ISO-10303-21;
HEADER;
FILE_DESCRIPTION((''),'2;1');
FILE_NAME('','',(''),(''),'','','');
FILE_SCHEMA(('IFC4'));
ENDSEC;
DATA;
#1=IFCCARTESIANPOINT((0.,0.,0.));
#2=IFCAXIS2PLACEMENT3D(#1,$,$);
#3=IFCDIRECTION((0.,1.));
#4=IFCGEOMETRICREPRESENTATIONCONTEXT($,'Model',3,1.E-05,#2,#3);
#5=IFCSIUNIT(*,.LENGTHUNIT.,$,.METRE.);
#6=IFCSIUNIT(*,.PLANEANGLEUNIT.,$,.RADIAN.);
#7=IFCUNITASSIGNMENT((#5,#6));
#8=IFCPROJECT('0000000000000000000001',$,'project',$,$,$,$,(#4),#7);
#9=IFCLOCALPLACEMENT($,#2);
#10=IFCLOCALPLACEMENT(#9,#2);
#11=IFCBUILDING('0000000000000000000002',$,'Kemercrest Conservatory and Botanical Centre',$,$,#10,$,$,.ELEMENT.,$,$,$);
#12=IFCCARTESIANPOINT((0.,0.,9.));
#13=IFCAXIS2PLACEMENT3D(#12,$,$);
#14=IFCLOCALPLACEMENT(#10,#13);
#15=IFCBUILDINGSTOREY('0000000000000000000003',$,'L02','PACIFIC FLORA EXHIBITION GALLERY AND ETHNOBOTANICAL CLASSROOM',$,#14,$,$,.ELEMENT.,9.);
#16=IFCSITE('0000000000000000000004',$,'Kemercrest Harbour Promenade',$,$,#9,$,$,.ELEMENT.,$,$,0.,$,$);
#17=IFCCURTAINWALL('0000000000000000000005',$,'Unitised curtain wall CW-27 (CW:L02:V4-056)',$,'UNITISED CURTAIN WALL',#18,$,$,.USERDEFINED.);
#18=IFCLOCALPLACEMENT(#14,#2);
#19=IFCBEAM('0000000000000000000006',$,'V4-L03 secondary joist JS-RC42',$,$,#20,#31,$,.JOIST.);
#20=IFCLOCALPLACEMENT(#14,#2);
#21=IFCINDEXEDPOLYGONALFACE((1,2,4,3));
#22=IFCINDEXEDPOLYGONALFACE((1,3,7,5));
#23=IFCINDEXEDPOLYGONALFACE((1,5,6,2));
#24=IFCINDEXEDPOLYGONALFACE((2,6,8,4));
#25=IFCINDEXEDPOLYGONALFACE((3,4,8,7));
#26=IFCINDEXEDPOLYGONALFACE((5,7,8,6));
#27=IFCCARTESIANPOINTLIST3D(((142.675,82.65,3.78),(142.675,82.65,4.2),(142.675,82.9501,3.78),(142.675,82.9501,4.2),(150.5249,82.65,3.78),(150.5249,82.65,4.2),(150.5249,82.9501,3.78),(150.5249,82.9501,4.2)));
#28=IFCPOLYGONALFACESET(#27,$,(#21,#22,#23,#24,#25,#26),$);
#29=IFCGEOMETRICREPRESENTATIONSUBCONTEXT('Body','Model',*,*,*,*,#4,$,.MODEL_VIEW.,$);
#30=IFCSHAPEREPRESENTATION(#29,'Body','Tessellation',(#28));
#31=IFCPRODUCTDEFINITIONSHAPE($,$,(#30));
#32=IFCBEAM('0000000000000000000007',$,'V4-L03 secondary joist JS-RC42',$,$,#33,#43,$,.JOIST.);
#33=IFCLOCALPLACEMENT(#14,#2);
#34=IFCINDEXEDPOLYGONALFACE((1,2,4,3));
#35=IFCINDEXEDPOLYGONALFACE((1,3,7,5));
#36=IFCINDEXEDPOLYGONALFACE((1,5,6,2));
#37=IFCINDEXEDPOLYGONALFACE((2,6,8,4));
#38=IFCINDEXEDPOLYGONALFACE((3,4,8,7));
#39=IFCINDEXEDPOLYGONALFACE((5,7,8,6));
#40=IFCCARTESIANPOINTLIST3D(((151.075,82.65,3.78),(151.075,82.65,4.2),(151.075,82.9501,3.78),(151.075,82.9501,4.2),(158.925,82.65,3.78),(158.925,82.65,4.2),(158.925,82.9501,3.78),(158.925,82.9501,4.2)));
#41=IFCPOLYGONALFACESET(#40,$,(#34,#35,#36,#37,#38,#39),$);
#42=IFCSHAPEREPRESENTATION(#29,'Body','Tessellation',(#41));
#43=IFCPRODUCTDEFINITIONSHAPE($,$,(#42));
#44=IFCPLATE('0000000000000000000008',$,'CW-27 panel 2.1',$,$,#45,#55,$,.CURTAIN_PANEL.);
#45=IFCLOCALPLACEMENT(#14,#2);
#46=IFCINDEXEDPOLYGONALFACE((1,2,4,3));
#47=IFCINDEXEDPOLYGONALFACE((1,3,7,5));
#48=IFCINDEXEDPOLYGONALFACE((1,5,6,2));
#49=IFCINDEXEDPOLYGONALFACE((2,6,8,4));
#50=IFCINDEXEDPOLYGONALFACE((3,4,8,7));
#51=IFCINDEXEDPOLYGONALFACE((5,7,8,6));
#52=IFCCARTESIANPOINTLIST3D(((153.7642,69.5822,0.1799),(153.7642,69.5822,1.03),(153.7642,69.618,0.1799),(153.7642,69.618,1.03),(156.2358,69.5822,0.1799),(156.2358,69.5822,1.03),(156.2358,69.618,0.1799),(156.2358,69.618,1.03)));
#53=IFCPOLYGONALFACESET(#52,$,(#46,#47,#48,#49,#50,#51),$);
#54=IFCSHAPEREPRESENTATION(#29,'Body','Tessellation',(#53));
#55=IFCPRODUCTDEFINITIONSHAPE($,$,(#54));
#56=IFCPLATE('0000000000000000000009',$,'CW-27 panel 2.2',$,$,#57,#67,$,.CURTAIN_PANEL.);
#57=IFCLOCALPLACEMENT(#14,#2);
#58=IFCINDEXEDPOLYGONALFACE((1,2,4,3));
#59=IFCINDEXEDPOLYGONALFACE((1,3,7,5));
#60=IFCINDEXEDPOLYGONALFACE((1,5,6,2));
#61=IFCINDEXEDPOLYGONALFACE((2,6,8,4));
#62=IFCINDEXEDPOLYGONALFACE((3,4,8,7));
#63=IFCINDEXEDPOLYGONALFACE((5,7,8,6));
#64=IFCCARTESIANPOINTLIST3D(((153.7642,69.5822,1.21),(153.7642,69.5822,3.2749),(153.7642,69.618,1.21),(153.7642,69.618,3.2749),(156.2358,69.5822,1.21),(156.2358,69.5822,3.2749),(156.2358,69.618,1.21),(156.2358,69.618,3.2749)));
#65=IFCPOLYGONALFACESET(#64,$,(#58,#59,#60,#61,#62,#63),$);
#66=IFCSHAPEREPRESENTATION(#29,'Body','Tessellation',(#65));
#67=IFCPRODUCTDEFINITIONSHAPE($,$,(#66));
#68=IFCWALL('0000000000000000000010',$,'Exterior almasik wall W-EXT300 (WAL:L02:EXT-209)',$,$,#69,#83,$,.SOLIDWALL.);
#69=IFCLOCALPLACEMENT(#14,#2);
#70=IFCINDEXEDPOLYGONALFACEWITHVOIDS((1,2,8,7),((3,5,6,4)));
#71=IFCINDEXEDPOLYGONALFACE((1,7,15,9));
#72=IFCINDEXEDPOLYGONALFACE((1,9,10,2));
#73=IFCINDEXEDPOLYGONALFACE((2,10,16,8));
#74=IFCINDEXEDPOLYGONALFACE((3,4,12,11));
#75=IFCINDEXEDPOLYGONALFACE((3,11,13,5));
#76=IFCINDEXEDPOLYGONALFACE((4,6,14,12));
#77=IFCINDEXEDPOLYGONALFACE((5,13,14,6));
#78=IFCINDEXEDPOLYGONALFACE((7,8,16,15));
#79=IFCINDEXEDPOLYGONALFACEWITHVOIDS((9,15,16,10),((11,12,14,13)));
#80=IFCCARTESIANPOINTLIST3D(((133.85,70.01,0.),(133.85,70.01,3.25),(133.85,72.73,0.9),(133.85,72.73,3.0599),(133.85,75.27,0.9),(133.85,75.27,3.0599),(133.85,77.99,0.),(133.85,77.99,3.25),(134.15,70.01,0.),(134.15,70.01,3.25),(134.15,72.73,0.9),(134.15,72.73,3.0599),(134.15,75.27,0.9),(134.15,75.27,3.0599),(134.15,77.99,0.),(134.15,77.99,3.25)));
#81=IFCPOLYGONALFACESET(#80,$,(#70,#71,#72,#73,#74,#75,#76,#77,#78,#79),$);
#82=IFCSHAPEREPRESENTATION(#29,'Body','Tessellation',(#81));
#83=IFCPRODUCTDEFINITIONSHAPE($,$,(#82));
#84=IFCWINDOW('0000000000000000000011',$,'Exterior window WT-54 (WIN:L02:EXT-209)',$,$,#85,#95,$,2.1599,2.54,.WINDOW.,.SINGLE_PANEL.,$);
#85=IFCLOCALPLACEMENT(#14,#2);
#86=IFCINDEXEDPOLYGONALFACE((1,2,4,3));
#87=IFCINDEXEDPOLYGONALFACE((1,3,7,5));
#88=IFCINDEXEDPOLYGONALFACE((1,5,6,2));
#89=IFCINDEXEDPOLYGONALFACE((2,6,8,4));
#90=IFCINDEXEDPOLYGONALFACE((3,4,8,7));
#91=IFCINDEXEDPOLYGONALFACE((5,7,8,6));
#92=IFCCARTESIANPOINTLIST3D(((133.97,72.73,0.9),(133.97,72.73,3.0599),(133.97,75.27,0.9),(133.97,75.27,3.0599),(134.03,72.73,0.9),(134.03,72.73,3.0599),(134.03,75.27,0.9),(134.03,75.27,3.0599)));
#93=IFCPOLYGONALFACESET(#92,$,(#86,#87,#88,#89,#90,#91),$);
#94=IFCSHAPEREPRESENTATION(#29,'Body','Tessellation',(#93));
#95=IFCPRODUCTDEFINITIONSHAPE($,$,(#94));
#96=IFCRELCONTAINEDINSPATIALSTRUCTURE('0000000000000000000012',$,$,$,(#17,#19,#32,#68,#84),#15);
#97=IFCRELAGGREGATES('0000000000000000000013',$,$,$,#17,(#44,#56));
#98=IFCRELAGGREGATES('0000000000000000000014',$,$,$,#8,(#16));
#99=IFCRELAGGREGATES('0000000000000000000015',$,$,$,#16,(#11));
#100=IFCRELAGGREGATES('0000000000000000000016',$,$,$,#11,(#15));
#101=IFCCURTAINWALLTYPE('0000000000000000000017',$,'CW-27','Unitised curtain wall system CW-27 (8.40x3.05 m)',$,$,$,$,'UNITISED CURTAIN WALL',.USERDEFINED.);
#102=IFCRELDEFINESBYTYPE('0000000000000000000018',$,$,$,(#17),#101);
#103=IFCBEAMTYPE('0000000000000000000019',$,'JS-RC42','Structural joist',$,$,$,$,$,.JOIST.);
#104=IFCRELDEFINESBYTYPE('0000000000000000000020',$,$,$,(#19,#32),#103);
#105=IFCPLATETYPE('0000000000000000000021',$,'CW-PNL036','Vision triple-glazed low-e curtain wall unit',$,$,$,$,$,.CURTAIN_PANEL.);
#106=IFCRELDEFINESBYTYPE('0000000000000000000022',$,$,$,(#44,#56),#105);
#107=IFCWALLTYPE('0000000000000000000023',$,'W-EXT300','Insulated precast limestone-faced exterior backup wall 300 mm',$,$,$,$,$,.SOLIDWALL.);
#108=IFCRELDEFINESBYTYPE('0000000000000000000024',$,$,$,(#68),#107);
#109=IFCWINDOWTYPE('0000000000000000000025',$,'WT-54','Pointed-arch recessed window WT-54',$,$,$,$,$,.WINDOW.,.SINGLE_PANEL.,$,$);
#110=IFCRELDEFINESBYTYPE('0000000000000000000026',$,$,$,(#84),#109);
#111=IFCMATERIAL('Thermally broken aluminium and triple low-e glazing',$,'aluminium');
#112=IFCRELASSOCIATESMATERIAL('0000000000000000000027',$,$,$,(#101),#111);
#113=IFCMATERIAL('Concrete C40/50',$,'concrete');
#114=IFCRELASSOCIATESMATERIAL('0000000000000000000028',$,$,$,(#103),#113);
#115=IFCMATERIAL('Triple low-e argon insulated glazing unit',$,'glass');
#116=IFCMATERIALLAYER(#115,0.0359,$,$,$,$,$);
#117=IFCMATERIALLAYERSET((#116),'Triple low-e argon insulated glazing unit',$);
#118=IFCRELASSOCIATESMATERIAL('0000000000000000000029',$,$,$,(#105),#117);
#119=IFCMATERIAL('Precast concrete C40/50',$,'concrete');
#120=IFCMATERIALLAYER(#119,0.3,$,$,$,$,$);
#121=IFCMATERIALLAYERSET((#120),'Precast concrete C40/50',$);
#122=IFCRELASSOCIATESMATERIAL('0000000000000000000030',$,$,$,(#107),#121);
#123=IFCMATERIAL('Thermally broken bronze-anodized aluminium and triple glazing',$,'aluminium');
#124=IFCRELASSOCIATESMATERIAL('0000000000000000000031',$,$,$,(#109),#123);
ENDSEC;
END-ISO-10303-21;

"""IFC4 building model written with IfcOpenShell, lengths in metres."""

from ifc_helpers import new_model, si_unit, direction, frame, frame_2d, origin, origin_2d, place, context, subcontext, project, spatial, rectangle, extrude, material, layer, layer_set, material_profile, profile_set, type_object, element, fill, aggregate, save


model = new_model("IFC4")

# Units and contexts
model_context = context("Model", 3, precision=1e-05, world=origin(), true_north=direction((0.0, 1.0)))
body_context = subcontext(model_context, "Body", "Model", "MODEL_VIEW")
ifc_project = project(units=[si_unit("LENGTHUNIT", "METRE"), si_unit("PLANEANGLEUNIT", "RADIAN")], contexts=[model_context])

# Site, building, storey
site_placement = place(None, origin())
site = spatial("IfcSite", under=ifc_project, at=site_placement, Name="Kemercrest Harbour Promenade", CompositionType="ELEMENT", RefElevation=0.0)
building_placement = place(site_placement, origin())
building = spatial("IfcBuilding", under=site, at=building_placement, Name="Kemercrest Conservatory and Botanical Centre", CompositionType="ELEMENT")
storey_placement = place(building_placement, frame((0.0, 0.0, 9.0)))
storey = spatial("IfcBuildingStorey", under=building, at=storey_placement, Name="L02", Description="PACIFIC FLORA EXHIBITION GALLERY AND ETHNOBOTANICAL CLASSROOM", CompositionType="ELEMENT", Elevation=9.0)

# Curtain wall
ifc_material_1 = material(Name="Thermally broken aluminium and triple low-e glazing", Category="aluminium")
curtain_wall_type = type_object("IfcCurtainWallType", Name="CW-27", Description="Unitised curtain wall system CW-27 (8.40x3.05 m)", ElementType="UNITISED CURTAIN WALL", PredefinedType="USERDEFINED", material=ifc_material_1)
curtain_wall_placement = place(storey_placement, origin())
curtain_wall = element("IfcCurtainWall", 1, at=curtain_wall_placement, inside=storey, type_object=curtain_wall_type, Name="Unitised curtain wall CW-27 (CW:L02:V4-056)", ObjectType="UNITISED CURTAIN WALL", PredefinedType="USERDEFINED")

# Beams
ifc_material_2 = material(Name="Concrete C40/50", Category="concrete")
ifc_material_profile_1 = material_profile(ifc_material_2, rectangle(XDim=0.3, YDim=0.4199, at=origin_2d()), Name="RC 300x420")
ifc_profile_set_1 = profile_set([ifc_material_profile_1], Name="Concrete C40/50")
beam_type_1 = type_object("IfcBeamType", Name="JS-RC42", Description="Structural joist", PredefinedType="JOIST", material=ifc_profile_set_1)
beam_1_placement = place(storey_placement, frame((142.675, 82.8, 3.99), z_axis=(1.0, 0.0, 0.0), x_axis=(0.0, 1.0, 0.0)))
element("IfcBeam", 2, at=beam_1_placement, inside=storey, type_object=beam_type_1, Name="V4-L03 secondary joist JS-RC42", PredefinedType="JOIST", context=body_context, shape_type="SweptSolid", body=[
    extrude(rectangle(XDim=0.3, YDim=0.4199, at=origin_2d()), origin(), (0.0, 0.0, 1.0), 7.8499),
])
beam_2_placement = place(storey_placement, frame((151.075, 82.8, 3.99), z_axis=(1.0, 0.0, 0.0), x_axis=(0.0, 1.0, 0.0)))
element("IfcBeam", 3, at=beam_2_placement, inside=storey, type_object=beam_type_1, Name="V4-L03 secondary joist JS-RC42", PredefinedType="JOIST", context=body_context, shape_type="SweptSolid", body=[
    extrude(rectangle(XDim=0.3, YDim=0.4199, at=origin_2d()), origin(), (0.0, 0.0, 1.0), 7.8501),
])

# Plates
ifc_material_3 = material(Name="Triple low-e argon insulated glazing unit", Category="glass")
ifc_layer_1 = layer(ifc_material_3, 0.0359)
ifc_layer_set_1 = layer_set([ifc_layer_1], Name="Triple low-e argon insulated glazing unit")
plate_type = type_object("IfcPlateType", Name="CW-PNL036", Description="Vision triple-glazed low-e curtain wall unit", PredefinedType="CURTAIN_PANEL", material=ifc_layer_set_1)
plate_1_placement = place(storey_placement, frame((155.0, 69.6001, 0.1799), z_axis=(0.0, 0.0, 1.0), x_axis=(1.0, 0.0, 0.0)))
plate_1 = element("IfcPlate", 4, at=plate_1_placement, type_object=plate_type, Name="CW-27 panel 2.1", PredefinedType="CURTAIN_PANEL", context=body_context, shape_type="SweptSolid", body=[
    extrude(rectangle(XDim=2.4717, YDim=0.0359, at=origin_2d()), origin(), (0.0, 0.0, 1.0), 0.8501),
])
plate_2_placement = place(storey_placement, frame((155.0, 69.6001, 1.21), z_axis=(0.0, 0.0, 1.0), x_axis=(1.0, 0.0, 0.0)))
plate_2 = element("IfcPlate", 5, at=plate_2_placement, type_object=plate_type, Name="CW-27 panel 2.2", PredefinedType="CURTAIN_PANEL", context=body_context, shape_type="SweptSolid", body=[
    extrude(rectangle(XDim=2.4717, YDim=0.0359, at=origin_2d()), origin(), (0.0, 0.0, 1.0), 2.0649),
])
aggregate(curtain_wall, [plate_1, plate_2])

# Wall, opening, window
ifc_material_4 = material(Name="Precast concrete C40/50", Category="concrete")
ifc_layer_2 = layer(ifc_material_4, 0.3)
ifc_layer_set_2 = layer_set([ifc_layer_2], Name="Precast concrete C40/50")
wall_type = type_object("IfcWallType", Name="W-EXT300", Description="Insulated precast limestone-faced exterior backup wall 300 mm", PredefinedType="SOLIDWALL", material=ifc_layer_set_2)
wall_placement = place(storey_placement, frame((134.0, 77.99, 0.0), z_axis=(0.0, 0.0, 1.0), x_axis=(0.0, -1.0, 0.0)))
wall = element("IfcWall", 6, at=wall_placement, inside=storey, type_object=wall_type, Name="Exterior almasik wall W-EXT300 (WAL:L02:EXT-209)", PredefinedType="SOLIDWALL", context=body_context, shape_type="SweptSolid", body=[
    extrude(rectangle(XDim=7.98, YDim=0.3, at=frame_2d((3.99, 0.0))), origin(), (0.0, 0.0, 1.0), 3.25),
])
opening_placement = place(wall_placement, frame((2.72, 0.0, 0.8999)))
opening = element("IfcOpeningElement", 7, at=opening_placement, cuts=wall, PredefinedType="OPENING", context=body_context, shape_type="SweptSolid", body=[
    extrude(rectangle(XDim=2.54, YDim=2.1599, at=frame_2d((1.27, 1.0801))), frame((0.0, 0.1602, 0.0), z_axis=(0.0, -1.0, 0.0), x_axis=(1.0, 0.0, 0.0)), (0.0, 0.0, 1.0), 0.3201),
])
ifc_material_5 = material(Name="Thermally broken bronze-anodized aluminium and triple glazing", Category="aluminium")
window_type = type_object("IfcWindowType", Name="WT-54", Description="Pointed-arch recessed window WT-54", PartitioningType="SINGLE_PANEL", PredefinedType="WINDOW", material=ifc_material_5)
window_placement = place(opening_placement, origin())
window = element("IfcWindow", 8, at=window_placement, inside=storey, type_object=window_type, Name="Exterior window WT-54 (WIN:L02:EXT-209)", OverallHeight=2.1599, OverallWidth=2.54, PartitioningType="SINGLE_PANEL", PredefinedType="WINDOW", context=body_context, shape_type="SweptSolid", body=[
    extrude(rectangle(XDim=2.54, YDim=2.1599, at=frame_2d((1.27, 1.0801))), frame((0.0, 0.03, 0.0), z_axis=(0.0, -1.0, 0.0), x_axis=(1.0, 0.0, 0.0)), (0.0, 0.0, 1.0), 0.0601),
])
fill(opening, window)

save(model, "model.ifc")
